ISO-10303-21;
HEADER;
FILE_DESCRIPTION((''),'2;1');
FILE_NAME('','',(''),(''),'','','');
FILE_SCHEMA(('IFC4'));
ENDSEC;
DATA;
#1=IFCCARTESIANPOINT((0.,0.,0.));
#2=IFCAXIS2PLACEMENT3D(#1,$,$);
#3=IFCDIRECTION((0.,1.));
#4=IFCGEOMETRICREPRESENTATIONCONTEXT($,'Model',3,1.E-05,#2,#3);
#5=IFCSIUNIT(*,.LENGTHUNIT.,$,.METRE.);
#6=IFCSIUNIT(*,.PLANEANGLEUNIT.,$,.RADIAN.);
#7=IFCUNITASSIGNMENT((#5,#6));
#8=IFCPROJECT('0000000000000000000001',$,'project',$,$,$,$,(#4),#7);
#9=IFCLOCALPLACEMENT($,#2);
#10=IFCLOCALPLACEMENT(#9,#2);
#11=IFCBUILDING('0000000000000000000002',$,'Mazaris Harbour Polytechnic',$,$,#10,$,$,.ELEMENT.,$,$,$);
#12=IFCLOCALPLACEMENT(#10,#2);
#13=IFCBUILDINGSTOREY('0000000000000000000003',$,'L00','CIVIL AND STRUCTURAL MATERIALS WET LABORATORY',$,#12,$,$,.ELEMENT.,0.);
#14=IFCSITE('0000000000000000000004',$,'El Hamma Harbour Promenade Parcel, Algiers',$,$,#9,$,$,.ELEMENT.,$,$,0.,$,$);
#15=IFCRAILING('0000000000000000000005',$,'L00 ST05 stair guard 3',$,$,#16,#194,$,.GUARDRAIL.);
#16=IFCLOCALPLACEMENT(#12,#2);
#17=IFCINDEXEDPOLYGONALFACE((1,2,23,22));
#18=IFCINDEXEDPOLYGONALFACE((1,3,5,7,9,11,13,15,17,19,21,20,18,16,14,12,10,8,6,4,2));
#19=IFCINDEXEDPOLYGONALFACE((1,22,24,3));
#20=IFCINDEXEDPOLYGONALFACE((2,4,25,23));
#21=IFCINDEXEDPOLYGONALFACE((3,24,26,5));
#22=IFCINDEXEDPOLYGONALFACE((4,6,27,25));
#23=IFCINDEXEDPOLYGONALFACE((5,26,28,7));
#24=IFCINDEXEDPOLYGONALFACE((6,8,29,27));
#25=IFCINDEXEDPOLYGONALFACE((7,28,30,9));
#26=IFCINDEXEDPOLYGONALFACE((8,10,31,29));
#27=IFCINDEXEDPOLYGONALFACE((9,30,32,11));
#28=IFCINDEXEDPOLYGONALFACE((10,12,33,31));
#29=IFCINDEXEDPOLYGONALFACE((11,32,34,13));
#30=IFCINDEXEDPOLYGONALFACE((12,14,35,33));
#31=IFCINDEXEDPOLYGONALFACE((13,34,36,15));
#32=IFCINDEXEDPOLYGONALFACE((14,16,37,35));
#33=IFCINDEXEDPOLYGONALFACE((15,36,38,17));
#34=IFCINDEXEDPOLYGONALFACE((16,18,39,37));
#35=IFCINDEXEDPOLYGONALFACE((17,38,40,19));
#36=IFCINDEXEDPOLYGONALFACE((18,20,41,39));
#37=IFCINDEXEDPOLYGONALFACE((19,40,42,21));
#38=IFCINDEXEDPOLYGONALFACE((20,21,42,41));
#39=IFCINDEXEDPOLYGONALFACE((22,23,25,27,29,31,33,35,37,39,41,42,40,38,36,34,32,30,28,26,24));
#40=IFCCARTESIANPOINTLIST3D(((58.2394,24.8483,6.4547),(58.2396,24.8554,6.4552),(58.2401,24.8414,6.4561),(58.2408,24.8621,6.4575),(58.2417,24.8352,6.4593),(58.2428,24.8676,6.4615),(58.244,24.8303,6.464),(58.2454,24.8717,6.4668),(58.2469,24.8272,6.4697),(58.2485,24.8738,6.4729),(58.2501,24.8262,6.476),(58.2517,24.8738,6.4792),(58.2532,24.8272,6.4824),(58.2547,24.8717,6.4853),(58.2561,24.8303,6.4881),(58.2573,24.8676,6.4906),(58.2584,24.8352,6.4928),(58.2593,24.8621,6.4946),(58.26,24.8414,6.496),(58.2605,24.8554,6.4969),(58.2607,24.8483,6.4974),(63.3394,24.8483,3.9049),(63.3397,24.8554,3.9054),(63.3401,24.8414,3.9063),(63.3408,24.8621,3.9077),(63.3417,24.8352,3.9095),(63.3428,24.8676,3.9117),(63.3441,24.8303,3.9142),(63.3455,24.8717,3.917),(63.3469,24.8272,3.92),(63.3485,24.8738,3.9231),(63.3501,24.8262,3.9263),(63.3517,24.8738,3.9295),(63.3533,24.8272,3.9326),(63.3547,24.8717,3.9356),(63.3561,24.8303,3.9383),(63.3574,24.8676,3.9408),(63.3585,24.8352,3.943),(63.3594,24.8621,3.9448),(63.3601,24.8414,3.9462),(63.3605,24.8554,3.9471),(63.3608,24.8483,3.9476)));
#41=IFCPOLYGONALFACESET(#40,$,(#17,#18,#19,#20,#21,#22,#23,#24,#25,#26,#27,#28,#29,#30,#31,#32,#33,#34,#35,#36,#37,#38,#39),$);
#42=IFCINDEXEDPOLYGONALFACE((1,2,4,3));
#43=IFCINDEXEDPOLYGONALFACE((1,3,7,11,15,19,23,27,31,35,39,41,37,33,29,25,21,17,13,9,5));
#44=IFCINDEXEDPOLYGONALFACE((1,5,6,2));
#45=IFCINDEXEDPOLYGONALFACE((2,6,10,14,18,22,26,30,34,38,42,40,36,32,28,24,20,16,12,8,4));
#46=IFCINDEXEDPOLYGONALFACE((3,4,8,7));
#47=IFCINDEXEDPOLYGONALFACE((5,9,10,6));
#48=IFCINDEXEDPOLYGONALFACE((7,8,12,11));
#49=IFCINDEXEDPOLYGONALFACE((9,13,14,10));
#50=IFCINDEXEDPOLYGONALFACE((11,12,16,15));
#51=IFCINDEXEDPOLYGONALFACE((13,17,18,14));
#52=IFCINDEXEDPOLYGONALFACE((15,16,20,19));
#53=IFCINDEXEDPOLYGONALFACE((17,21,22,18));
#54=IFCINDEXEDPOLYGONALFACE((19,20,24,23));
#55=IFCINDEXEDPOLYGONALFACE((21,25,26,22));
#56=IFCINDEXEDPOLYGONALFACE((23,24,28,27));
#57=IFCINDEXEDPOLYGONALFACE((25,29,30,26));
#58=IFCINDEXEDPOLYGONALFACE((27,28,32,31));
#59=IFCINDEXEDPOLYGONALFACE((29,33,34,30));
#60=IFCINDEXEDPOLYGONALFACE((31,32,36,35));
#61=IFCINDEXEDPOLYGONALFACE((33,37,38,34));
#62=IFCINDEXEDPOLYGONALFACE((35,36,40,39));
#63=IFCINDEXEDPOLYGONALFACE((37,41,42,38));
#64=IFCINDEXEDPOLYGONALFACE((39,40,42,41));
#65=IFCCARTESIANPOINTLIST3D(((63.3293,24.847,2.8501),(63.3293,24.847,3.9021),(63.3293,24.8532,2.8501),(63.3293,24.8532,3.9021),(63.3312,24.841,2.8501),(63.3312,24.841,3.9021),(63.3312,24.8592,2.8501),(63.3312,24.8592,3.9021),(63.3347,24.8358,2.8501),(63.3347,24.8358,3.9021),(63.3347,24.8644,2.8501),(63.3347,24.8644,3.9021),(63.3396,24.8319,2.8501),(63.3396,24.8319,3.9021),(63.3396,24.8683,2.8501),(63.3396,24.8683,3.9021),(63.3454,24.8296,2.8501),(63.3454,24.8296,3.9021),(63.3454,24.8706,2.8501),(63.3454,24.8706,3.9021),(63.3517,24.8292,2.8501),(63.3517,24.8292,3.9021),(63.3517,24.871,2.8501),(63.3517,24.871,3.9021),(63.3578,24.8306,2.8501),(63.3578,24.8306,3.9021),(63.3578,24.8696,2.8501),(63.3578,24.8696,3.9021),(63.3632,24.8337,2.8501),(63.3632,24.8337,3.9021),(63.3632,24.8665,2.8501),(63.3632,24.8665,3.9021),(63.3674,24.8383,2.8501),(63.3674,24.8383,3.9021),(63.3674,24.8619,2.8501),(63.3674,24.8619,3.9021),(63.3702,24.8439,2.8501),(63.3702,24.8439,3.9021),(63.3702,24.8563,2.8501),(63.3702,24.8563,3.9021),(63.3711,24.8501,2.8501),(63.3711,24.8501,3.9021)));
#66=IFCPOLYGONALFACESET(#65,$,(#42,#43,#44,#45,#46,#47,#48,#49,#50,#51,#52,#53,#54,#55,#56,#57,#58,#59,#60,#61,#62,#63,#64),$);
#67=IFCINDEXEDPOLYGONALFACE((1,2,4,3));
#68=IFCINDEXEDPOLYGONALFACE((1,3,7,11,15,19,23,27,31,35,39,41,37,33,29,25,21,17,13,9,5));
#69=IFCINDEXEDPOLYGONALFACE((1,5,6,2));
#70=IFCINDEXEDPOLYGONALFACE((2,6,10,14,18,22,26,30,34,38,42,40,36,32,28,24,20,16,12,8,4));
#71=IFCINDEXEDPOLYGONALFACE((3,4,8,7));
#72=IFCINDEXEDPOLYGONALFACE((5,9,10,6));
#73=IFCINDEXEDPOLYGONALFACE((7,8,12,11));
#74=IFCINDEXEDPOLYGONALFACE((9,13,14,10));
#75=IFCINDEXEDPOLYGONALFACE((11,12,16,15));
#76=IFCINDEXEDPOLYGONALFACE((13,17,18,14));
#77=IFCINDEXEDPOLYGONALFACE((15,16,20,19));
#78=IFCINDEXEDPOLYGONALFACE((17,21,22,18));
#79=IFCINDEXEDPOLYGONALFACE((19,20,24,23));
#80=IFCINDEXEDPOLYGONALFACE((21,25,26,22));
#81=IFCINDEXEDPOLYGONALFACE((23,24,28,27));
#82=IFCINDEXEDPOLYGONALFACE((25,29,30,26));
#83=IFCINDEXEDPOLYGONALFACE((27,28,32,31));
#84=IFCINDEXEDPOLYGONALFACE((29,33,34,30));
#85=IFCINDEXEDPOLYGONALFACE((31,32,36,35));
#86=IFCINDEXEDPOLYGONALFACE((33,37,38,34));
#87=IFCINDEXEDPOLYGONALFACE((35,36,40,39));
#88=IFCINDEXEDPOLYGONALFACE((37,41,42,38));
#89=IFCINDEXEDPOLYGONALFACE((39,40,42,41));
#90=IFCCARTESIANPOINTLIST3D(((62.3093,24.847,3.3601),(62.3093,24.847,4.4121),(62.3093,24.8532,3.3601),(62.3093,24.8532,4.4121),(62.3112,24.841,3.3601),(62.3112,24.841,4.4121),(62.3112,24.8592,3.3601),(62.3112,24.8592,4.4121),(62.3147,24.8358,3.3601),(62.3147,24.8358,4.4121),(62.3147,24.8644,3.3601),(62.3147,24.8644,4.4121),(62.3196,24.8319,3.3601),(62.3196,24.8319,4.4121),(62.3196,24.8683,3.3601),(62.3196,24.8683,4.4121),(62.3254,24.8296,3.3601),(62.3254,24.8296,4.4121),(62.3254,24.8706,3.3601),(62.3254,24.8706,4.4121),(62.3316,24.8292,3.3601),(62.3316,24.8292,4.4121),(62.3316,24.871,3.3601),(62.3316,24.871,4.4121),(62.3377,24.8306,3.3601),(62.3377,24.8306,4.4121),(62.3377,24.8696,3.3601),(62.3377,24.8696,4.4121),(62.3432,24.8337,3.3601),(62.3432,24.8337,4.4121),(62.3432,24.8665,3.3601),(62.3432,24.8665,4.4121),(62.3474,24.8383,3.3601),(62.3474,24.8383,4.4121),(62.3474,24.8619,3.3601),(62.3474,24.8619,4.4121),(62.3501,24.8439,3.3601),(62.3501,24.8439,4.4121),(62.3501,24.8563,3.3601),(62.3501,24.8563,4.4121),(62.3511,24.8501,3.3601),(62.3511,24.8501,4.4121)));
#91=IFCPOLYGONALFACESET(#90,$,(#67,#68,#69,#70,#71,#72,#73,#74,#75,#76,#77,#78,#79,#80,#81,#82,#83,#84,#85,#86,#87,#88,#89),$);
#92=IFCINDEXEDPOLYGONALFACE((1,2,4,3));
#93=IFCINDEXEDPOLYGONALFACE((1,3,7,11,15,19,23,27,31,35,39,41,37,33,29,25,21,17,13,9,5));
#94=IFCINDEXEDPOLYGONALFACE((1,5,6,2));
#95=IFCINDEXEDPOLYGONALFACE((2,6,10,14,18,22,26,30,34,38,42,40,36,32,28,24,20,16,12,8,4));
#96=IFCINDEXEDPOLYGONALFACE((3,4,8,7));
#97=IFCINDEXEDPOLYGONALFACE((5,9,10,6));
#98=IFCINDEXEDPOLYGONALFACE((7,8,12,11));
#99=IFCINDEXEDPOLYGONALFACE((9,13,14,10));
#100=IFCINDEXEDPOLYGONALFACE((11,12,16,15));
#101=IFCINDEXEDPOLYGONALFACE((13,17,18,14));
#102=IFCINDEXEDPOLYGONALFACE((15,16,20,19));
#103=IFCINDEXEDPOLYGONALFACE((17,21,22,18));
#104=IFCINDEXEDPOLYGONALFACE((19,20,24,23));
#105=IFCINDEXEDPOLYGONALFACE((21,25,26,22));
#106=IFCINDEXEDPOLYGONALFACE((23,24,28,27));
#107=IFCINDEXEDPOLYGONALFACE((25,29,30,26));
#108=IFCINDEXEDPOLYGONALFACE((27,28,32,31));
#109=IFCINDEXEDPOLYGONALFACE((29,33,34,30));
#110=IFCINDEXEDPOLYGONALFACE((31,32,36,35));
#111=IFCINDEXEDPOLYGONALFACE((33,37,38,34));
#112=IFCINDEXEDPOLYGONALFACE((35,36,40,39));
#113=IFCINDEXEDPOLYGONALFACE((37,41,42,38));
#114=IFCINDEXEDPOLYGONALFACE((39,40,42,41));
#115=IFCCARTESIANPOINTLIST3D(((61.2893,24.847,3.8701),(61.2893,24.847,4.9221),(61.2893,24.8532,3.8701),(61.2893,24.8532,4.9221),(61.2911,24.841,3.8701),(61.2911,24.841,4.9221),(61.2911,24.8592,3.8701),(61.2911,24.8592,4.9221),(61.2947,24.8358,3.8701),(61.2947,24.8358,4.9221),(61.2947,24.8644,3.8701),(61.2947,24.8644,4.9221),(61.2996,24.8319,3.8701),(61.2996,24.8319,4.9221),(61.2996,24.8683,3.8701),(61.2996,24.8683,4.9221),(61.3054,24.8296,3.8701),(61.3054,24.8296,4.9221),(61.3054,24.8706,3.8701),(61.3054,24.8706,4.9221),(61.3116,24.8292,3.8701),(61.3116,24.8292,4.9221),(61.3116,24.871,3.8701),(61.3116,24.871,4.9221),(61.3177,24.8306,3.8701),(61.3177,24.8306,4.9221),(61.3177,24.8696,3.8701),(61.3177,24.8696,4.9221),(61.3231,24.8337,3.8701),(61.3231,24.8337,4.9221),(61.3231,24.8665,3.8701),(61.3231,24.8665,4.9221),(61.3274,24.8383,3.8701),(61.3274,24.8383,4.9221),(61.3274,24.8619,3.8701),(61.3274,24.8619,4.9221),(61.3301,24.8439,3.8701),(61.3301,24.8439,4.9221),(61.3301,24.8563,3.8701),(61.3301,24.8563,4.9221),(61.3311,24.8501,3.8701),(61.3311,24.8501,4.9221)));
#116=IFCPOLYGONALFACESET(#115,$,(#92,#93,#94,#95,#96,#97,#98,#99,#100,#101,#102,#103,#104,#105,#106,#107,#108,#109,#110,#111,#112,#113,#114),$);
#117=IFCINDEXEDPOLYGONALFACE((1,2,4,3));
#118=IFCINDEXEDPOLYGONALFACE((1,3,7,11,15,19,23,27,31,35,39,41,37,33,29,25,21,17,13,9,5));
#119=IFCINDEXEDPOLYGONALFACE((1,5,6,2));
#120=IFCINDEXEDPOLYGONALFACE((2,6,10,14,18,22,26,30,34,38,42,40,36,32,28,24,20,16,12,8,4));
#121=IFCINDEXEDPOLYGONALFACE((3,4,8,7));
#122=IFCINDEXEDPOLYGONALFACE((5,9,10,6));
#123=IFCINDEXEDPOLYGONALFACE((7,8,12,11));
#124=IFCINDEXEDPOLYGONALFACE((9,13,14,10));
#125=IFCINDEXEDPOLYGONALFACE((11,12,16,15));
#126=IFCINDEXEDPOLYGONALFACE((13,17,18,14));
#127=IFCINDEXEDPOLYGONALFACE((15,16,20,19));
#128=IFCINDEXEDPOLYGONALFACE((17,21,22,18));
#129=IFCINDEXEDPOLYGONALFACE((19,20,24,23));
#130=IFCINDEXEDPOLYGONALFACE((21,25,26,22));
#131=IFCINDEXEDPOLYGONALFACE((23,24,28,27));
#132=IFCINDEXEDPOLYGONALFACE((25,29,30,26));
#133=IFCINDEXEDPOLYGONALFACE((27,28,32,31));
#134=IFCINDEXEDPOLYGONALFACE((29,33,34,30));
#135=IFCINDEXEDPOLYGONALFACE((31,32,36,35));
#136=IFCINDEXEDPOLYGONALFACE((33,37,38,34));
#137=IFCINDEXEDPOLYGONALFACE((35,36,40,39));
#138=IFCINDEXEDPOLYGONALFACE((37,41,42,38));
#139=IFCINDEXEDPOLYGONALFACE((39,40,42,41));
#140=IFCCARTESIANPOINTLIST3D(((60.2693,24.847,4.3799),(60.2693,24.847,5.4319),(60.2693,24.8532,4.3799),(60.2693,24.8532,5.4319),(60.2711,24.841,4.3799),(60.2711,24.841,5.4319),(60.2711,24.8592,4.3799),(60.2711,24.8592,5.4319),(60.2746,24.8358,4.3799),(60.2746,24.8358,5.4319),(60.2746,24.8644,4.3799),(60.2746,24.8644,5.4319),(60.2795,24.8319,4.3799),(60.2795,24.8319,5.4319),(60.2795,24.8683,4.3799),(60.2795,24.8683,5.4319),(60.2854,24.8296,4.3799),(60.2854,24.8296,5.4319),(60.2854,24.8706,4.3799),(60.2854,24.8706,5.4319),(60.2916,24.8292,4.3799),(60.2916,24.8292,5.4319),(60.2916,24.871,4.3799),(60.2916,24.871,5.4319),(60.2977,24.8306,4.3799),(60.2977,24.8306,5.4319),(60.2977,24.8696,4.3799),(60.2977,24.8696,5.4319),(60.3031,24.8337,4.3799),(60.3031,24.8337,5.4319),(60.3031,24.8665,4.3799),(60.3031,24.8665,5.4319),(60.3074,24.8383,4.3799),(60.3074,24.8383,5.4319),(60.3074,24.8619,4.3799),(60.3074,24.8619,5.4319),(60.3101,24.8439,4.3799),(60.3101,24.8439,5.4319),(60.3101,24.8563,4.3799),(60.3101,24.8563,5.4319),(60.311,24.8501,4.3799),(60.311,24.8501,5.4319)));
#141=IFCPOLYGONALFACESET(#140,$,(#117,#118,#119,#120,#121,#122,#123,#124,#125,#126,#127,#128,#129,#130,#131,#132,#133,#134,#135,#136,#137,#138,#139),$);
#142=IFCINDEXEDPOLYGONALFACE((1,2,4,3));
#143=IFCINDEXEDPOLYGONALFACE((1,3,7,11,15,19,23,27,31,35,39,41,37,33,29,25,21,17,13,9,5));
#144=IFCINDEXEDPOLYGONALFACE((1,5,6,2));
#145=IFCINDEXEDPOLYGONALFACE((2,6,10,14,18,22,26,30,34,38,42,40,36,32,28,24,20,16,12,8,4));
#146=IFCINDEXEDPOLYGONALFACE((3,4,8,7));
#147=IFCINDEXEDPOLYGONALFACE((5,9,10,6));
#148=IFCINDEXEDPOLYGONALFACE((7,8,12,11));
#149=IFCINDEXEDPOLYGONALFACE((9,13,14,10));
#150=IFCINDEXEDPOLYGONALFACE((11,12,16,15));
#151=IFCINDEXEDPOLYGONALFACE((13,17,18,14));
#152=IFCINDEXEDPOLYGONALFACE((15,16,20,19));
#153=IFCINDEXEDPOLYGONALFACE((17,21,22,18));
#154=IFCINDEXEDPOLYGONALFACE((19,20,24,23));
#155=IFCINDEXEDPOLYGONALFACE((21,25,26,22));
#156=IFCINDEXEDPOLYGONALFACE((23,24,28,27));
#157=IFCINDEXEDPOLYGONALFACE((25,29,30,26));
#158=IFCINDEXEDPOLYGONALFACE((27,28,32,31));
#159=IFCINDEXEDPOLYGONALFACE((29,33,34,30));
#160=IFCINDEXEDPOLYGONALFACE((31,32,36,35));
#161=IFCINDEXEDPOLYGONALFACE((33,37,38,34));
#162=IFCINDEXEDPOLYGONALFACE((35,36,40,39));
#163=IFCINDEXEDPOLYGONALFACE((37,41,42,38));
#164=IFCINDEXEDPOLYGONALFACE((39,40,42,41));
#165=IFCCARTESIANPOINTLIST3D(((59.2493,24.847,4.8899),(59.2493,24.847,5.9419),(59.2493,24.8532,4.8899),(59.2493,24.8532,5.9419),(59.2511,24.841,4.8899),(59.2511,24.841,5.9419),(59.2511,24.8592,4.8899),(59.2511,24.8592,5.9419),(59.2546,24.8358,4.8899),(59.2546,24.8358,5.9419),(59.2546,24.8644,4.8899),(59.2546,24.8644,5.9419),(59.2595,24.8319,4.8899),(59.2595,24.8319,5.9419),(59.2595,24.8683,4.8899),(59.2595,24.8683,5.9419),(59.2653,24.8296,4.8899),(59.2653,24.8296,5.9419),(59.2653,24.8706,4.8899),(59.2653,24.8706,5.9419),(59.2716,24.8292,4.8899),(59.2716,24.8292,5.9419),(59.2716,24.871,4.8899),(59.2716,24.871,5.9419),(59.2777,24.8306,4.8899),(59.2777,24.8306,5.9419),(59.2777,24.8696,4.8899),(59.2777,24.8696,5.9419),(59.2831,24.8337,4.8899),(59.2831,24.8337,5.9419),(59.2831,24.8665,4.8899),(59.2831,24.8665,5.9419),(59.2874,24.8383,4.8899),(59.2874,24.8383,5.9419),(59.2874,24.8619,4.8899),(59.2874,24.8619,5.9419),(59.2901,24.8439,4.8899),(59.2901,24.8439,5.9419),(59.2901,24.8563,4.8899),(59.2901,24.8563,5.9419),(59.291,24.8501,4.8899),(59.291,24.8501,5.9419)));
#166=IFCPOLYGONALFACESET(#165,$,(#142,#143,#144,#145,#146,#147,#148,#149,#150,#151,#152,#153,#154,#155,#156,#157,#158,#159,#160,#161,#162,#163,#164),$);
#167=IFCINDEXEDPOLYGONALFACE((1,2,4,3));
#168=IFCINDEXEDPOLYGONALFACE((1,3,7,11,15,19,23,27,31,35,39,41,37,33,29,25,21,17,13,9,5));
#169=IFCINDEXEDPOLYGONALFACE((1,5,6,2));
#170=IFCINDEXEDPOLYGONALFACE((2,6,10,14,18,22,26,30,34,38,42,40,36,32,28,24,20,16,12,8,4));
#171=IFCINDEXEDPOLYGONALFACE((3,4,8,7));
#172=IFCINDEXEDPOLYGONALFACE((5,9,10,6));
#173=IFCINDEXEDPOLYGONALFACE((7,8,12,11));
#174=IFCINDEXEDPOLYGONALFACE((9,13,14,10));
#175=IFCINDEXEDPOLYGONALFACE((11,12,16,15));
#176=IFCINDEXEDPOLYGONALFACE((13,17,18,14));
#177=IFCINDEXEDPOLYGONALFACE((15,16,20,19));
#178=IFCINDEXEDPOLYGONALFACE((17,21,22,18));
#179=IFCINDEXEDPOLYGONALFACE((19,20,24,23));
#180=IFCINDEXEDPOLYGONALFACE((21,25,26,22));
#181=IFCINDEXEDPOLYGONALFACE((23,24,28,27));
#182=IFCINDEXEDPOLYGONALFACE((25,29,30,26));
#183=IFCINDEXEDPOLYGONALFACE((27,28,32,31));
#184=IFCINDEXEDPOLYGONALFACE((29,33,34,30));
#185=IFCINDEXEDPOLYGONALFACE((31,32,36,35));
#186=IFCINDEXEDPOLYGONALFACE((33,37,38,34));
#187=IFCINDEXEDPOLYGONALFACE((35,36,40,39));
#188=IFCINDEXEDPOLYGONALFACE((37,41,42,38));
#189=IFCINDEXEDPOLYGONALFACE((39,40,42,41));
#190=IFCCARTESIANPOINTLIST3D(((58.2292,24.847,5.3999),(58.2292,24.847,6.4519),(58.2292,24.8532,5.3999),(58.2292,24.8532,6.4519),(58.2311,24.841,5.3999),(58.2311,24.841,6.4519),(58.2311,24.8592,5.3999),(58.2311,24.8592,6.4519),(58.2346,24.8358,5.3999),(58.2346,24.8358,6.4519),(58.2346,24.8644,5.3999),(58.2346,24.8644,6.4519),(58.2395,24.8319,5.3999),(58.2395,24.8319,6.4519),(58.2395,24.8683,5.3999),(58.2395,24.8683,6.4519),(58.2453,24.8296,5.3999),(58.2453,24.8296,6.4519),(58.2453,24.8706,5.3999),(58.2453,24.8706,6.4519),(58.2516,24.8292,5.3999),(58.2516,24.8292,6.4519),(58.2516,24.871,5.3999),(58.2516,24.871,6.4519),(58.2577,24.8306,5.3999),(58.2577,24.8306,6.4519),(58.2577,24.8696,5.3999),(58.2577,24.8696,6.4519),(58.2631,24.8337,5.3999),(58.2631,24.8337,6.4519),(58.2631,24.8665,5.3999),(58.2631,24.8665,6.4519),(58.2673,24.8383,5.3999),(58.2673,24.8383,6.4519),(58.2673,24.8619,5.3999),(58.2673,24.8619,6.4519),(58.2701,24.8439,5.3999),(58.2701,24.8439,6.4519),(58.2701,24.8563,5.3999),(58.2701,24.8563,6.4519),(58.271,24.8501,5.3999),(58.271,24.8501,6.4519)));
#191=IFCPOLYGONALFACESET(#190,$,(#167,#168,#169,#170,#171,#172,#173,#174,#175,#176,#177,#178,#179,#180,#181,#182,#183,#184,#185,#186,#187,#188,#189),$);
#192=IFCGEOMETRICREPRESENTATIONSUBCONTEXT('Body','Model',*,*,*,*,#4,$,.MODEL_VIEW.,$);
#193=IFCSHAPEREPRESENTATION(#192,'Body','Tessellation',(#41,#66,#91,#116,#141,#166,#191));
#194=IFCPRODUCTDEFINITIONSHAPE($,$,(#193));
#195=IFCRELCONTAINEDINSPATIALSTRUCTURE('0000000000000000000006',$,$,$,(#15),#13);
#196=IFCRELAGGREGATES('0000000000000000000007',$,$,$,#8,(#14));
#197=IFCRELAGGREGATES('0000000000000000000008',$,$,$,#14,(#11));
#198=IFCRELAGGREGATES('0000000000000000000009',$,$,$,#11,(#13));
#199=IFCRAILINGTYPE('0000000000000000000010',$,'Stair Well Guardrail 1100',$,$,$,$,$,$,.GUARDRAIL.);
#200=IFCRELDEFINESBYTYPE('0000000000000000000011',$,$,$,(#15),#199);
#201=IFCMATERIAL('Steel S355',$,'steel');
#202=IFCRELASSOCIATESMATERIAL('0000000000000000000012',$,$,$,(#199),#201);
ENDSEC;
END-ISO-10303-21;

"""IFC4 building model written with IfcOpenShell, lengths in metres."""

from ifc_helpers import new_model, si_unit, direction, frame, origin, origin_2d, place, context, subcontext, project, spatial, circle, extrude, material, type_object, element, save


model = new_model("IFC4")

# Units and contexts
model_context = context("Model", 3, precision=1e-05, world=origin(), true_north=direction((0.0, 1.0)))
body_context = subcontext(model_context, "Body", "Model", "MODEL_VIEW")
ifc_project = project(units=[si_unit("LENGTHUNIT", "METRE"), si_unit("PLANEANGLEUNIT", "RADIAN")], contexts=[model_context])

# Site, building, storey
site_placement = place(None, origin())
site = spatial("IfcSite", under=ifc_project, at=site_placement, Name="El Hamma Harbour Promenade Parcel, Algiers", CompositionType="ELEMENT", RefElevation=0.0)
building_placement = place(site_placement, origin())
building = spatial("IfcBuilding", under=site, at=building_placement, Name="Mazaris Harbour Polytechnic", CompositionType="ELEMENT")
storey_placement = place(building_placement, origin())
storey = spatial("IfcBuildingStorey", under=building, at=storey_placement, Name="L00", Description="CIVIL AND STRUCTURAL MATERIALS WET LABORATORY", CompositionType="ELEMENT", Elevation=0.0)

# Railing
ifc_material_1 = material(Name="Steel S355", Category="steel")
railing_type_1 = type_object("IfcRailingType", Name="Stair Well Guardrail 1100", PredefinedType="GUARDRAIL", material=ifc_material_1)
railing_1_placement = place(storey_placement, frame((63.3501, 24.8501, 2.8501)))
element("IfcRailing", 1, at=railing_1_placement, inside=storey, type_object=railing_type_1, Name="L00 ST05 stair guard 3", PredefinedType="GUARDRAIL", context=body_context, shape_type="SweptSolid", body=[
    extrude(circle(Radius=0.0239, at=origin_2d()), frame((0.0, 0.0, 1.0762), z_axis=(-0.894444, 0.0, 0.447179), x_axis=(0.0, -1.0, 0.0)), (0.0, 0.0, 1.0), 5.7019),
    extrude(circle(Radius=0.021, at=origin_2d()), origin(), (0.0, 0.0, 1.0), 1.052),
    extrude(circle(Radius=0.021, at=origin_2d()), frame((-1.02, 0.0, 0.51)), (0.0, 0.0, 1.0), 1.052),
    extrude(circle(Radius=0.021, at=origin_2d()), frame((-2.04, 0.0, 1.02)), (0.0, 0.0, 1.0), 1.052),
    extrude(circle(Radius=0.021, at=origin_2d()), frame((-3.0601, 0.0, 1.5298)), (0.0, 0.0, 1.0), 1.052),
    extrude(circle(Radius=0.021, at=origin_2d()), frame((-4.0801, 0.0, 2.0398)), (0.0, 0.0, 1.0), 1.052),
    extrude(circle(Radius=0.021, at=origin_2d()), frame((-5.1001, 0.0, 2.5498)), (0.0, 0.0, 1.0), 1.052),
])

save(model, "model.ifc")
